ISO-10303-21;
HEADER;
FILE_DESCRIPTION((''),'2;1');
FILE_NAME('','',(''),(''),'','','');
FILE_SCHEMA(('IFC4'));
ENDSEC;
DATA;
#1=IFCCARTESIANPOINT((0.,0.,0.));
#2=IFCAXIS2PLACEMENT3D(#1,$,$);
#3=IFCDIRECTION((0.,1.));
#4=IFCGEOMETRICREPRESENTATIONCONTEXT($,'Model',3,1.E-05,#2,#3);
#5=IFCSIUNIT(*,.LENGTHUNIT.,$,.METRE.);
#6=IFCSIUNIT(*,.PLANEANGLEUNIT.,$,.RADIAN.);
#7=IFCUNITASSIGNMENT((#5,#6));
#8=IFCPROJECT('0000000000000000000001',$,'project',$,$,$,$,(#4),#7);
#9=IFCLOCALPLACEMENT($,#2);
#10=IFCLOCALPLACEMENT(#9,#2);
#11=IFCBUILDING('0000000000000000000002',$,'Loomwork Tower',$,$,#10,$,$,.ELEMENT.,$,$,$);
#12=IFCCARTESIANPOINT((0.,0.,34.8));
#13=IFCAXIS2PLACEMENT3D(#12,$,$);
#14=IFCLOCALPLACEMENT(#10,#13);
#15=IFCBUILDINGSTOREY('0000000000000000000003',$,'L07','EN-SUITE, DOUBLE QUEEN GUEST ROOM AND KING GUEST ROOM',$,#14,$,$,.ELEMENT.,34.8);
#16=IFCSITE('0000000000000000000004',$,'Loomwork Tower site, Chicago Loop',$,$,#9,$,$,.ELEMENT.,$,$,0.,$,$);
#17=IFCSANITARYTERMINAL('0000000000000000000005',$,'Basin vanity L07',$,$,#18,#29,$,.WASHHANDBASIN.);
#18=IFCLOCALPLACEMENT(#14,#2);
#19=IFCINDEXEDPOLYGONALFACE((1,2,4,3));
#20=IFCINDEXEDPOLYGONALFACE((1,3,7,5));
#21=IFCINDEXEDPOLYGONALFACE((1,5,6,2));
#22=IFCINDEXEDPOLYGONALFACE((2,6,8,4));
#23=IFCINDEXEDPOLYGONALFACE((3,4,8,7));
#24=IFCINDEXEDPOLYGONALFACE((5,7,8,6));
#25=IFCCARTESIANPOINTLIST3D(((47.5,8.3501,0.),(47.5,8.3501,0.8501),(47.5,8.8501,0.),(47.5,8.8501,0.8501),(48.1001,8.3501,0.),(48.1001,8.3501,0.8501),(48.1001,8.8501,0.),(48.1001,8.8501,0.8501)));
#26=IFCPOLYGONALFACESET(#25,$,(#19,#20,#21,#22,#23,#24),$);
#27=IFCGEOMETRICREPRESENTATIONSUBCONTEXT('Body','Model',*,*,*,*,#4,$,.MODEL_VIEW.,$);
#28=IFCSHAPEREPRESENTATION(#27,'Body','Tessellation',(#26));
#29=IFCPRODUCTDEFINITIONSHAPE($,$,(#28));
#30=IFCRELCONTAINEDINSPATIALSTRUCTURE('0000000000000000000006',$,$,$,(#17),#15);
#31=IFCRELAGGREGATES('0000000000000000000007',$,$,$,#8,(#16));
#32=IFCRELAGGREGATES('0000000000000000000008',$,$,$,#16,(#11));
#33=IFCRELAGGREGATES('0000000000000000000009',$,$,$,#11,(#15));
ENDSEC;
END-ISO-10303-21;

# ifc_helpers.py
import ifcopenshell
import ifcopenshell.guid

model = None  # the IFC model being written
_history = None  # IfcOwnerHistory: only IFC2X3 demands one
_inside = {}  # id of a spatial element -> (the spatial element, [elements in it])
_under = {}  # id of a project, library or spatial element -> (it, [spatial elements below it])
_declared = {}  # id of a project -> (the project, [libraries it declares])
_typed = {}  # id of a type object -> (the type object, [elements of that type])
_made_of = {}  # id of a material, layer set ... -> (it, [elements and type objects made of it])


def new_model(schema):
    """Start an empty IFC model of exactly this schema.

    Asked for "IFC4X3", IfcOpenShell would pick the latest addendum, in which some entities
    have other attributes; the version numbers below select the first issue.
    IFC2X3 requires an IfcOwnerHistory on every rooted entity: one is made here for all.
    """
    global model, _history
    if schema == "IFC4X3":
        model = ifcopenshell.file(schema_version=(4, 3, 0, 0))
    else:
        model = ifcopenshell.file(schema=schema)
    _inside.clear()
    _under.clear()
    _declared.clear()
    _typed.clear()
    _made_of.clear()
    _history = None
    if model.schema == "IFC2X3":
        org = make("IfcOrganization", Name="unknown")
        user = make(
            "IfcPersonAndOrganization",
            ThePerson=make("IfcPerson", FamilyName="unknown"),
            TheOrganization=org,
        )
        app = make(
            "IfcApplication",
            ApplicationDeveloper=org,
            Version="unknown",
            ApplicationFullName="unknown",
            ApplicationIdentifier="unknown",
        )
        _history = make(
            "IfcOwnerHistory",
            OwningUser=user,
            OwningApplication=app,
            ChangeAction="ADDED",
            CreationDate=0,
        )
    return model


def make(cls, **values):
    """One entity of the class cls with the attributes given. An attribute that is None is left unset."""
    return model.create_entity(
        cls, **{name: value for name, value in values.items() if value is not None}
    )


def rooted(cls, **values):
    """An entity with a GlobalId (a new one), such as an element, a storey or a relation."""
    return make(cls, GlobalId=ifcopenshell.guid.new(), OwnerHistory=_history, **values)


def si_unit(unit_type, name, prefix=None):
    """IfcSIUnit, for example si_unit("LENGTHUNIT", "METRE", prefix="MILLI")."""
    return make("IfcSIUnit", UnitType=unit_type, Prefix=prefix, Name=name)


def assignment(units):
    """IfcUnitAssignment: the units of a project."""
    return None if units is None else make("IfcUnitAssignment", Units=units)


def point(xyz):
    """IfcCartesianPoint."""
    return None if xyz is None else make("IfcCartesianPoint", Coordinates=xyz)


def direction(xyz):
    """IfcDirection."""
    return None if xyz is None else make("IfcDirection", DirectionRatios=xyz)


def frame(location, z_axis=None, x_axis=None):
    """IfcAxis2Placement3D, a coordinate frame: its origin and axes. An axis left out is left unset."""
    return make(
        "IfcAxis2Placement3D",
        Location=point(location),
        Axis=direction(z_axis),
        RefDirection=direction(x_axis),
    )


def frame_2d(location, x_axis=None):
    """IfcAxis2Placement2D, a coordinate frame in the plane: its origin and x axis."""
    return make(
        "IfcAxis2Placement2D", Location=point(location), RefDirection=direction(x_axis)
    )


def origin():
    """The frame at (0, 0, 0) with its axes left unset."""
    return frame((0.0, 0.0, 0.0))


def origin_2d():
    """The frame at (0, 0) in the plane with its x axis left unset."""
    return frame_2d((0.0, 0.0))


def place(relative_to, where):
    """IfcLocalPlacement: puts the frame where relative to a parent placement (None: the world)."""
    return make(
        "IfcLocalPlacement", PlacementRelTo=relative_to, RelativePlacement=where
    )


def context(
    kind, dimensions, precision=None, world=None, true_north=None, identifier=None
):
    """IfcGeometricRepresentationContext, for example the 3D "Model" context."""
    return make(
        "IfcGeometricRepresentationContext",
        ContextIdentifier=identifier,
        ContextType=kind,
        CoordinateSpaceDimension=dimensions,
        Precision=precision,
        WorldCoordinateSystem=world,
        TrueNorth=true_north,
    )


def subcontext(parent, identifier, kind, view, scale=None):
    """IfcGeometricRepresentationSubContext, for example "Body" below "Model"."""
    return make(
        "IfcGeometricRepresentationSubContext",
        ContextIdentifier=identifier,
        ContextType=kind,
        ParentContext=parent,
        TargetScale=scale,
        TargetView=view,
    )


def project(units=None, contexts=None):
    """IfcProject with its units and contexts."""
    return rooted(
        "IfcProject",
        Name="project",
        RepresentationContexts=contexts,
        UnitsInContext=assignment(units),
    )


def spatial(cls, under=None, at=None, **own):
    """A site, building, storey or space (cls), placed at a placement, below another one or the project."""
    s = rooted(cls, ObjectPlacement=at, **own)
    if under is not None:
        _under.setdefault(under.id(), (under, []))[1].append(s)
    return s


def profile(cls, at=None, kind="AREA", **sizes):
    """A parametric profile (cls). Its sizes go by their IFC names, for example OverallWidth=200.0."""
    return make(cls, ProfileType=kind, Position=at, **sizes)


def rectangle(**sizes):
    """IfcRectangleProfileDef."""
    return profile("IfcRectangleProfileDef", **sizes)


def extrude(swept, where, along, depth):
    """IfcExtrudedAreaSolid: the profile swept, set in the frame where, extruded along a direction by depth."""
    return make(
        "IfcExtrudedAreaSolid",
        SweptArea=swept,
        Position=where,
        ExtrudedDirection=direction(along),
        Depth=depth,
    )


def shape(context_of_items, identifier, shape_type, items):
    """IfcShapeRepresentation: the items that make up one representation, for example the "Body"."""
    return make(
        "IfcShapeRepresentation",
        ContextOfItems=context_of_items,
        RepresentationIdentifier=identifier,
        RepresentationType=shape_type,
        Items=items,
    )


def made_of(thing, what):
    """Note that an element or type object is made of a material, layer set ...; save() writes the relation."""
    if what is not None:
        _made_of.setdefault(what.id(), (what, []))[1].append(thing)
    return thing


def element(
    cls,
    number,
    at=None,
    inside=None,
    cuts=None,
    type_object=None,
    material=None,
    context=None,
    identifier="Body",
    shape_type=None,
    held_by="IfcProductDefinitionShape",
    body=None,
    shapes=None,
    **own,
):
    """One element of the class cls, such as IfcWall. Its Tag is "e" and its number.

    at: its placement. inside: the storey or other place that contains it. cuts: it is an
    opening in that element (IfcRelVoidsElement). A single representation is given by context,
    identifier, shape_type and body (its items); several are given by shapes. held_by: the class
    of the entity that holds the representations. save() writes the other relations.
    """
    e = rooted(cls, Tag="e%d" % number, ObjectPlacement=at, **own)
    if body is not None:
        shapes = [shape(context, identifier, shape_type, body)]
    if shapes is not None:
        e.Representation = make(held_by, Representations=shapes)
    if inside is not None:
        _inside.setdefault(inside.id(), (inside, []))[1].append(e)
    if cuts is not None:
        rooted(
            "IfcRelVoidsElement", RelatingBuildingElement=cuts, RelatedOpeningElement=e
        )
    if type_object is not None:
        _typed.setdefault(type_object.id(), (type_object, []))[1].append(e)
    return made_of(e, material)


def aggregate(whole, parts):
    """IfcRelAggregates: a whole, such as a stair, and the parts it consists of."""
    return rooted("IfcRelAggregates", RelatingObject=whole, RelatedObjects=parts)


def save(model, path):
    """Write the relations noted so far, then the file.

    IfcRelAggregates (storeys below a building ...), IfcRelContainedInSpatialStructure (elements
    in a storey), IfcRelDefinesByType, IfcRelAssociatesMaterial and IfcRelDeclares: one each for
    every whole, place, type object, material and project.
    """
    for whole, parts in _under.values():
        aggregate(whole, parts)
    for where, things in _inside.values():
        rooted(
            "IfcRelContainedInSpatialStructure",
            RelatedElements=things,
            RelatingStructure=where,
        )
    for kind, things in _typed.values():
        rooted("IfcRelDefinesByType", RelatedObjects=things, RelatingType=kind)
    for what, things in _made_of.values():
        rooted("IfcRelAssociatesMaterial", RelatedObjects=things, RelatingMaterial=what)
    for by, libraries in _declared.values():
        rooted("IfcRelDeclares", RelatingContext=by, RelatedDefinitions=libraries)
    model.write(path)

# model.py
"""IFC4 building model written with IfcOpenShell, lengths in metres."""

from ifc_helpers import new_model, si_unit, direction, frame, origin, origin_2d, place, context, subcontext, project, spatial, rectangle, extrude, element, save


model = new_model("IFC4")

# Units and contexts
model_context = context("Model", 3, precision=1e-05, world=origin(), true_north=direction((0.0, 1.0)))
body_context = subcontext(model_context, "Body", "Model", "MODEL_VIEW")
ifc_project = project(units=[si_unit("LENGTHUNIT", "METRE"), si_unit("PLANEANGLEUNIT", "RADIAN")], contexts=[model_context])

# Site, building, storey
site_placement = place(None, origin())
site = spatial("IfcSite", under=ifc_project, at=site_placement, Name="Loomwork Tower site, Chicago Loop", CompositionType="ELEMENT", RefElevation=0.0)
building_placement = place(site_placement, origin())
building = spatial("IfcBuilding", under=site, at=building_placement, Name="Loomwork Tower", CompositionType="ELEMENT")
storey_placement = place(building_placement, frame((0.0, 0.0, 34.8)))
storey = spatial("IfcBuildingStorey", under=building, at=storey_placement, Name="L07", Description="EN-SUITE, DOUBLE QUEEN GUEST ROOM AND KING GUEST ROOM", CompositionType="ELEMENT", Elevation=34.8)

# Sanitary terminal
sanitary_terminal_1_placement = place(storey_placement, frame((47.8, 8.6001, 0.0), z_axis=(0.0, 0.0, 1.0), x_axis=(1.0, 0.0, 0.0)))
element("IfcSanitaryTerminal", 1, at=sanitary_terminal_1_placement, inside=storey, Name="Basin vanity L07", PredefinedType="WASHHANDBASIN", context=body_context, shape_type="SweptSolid", body=[
    extrude(rectangle(XDim=0.6001, YDim=0.5, at=origin_2d()), origin(), (0.0, 0.0, 1.0), 0.8501),
])

save(model, "model.ifc")
